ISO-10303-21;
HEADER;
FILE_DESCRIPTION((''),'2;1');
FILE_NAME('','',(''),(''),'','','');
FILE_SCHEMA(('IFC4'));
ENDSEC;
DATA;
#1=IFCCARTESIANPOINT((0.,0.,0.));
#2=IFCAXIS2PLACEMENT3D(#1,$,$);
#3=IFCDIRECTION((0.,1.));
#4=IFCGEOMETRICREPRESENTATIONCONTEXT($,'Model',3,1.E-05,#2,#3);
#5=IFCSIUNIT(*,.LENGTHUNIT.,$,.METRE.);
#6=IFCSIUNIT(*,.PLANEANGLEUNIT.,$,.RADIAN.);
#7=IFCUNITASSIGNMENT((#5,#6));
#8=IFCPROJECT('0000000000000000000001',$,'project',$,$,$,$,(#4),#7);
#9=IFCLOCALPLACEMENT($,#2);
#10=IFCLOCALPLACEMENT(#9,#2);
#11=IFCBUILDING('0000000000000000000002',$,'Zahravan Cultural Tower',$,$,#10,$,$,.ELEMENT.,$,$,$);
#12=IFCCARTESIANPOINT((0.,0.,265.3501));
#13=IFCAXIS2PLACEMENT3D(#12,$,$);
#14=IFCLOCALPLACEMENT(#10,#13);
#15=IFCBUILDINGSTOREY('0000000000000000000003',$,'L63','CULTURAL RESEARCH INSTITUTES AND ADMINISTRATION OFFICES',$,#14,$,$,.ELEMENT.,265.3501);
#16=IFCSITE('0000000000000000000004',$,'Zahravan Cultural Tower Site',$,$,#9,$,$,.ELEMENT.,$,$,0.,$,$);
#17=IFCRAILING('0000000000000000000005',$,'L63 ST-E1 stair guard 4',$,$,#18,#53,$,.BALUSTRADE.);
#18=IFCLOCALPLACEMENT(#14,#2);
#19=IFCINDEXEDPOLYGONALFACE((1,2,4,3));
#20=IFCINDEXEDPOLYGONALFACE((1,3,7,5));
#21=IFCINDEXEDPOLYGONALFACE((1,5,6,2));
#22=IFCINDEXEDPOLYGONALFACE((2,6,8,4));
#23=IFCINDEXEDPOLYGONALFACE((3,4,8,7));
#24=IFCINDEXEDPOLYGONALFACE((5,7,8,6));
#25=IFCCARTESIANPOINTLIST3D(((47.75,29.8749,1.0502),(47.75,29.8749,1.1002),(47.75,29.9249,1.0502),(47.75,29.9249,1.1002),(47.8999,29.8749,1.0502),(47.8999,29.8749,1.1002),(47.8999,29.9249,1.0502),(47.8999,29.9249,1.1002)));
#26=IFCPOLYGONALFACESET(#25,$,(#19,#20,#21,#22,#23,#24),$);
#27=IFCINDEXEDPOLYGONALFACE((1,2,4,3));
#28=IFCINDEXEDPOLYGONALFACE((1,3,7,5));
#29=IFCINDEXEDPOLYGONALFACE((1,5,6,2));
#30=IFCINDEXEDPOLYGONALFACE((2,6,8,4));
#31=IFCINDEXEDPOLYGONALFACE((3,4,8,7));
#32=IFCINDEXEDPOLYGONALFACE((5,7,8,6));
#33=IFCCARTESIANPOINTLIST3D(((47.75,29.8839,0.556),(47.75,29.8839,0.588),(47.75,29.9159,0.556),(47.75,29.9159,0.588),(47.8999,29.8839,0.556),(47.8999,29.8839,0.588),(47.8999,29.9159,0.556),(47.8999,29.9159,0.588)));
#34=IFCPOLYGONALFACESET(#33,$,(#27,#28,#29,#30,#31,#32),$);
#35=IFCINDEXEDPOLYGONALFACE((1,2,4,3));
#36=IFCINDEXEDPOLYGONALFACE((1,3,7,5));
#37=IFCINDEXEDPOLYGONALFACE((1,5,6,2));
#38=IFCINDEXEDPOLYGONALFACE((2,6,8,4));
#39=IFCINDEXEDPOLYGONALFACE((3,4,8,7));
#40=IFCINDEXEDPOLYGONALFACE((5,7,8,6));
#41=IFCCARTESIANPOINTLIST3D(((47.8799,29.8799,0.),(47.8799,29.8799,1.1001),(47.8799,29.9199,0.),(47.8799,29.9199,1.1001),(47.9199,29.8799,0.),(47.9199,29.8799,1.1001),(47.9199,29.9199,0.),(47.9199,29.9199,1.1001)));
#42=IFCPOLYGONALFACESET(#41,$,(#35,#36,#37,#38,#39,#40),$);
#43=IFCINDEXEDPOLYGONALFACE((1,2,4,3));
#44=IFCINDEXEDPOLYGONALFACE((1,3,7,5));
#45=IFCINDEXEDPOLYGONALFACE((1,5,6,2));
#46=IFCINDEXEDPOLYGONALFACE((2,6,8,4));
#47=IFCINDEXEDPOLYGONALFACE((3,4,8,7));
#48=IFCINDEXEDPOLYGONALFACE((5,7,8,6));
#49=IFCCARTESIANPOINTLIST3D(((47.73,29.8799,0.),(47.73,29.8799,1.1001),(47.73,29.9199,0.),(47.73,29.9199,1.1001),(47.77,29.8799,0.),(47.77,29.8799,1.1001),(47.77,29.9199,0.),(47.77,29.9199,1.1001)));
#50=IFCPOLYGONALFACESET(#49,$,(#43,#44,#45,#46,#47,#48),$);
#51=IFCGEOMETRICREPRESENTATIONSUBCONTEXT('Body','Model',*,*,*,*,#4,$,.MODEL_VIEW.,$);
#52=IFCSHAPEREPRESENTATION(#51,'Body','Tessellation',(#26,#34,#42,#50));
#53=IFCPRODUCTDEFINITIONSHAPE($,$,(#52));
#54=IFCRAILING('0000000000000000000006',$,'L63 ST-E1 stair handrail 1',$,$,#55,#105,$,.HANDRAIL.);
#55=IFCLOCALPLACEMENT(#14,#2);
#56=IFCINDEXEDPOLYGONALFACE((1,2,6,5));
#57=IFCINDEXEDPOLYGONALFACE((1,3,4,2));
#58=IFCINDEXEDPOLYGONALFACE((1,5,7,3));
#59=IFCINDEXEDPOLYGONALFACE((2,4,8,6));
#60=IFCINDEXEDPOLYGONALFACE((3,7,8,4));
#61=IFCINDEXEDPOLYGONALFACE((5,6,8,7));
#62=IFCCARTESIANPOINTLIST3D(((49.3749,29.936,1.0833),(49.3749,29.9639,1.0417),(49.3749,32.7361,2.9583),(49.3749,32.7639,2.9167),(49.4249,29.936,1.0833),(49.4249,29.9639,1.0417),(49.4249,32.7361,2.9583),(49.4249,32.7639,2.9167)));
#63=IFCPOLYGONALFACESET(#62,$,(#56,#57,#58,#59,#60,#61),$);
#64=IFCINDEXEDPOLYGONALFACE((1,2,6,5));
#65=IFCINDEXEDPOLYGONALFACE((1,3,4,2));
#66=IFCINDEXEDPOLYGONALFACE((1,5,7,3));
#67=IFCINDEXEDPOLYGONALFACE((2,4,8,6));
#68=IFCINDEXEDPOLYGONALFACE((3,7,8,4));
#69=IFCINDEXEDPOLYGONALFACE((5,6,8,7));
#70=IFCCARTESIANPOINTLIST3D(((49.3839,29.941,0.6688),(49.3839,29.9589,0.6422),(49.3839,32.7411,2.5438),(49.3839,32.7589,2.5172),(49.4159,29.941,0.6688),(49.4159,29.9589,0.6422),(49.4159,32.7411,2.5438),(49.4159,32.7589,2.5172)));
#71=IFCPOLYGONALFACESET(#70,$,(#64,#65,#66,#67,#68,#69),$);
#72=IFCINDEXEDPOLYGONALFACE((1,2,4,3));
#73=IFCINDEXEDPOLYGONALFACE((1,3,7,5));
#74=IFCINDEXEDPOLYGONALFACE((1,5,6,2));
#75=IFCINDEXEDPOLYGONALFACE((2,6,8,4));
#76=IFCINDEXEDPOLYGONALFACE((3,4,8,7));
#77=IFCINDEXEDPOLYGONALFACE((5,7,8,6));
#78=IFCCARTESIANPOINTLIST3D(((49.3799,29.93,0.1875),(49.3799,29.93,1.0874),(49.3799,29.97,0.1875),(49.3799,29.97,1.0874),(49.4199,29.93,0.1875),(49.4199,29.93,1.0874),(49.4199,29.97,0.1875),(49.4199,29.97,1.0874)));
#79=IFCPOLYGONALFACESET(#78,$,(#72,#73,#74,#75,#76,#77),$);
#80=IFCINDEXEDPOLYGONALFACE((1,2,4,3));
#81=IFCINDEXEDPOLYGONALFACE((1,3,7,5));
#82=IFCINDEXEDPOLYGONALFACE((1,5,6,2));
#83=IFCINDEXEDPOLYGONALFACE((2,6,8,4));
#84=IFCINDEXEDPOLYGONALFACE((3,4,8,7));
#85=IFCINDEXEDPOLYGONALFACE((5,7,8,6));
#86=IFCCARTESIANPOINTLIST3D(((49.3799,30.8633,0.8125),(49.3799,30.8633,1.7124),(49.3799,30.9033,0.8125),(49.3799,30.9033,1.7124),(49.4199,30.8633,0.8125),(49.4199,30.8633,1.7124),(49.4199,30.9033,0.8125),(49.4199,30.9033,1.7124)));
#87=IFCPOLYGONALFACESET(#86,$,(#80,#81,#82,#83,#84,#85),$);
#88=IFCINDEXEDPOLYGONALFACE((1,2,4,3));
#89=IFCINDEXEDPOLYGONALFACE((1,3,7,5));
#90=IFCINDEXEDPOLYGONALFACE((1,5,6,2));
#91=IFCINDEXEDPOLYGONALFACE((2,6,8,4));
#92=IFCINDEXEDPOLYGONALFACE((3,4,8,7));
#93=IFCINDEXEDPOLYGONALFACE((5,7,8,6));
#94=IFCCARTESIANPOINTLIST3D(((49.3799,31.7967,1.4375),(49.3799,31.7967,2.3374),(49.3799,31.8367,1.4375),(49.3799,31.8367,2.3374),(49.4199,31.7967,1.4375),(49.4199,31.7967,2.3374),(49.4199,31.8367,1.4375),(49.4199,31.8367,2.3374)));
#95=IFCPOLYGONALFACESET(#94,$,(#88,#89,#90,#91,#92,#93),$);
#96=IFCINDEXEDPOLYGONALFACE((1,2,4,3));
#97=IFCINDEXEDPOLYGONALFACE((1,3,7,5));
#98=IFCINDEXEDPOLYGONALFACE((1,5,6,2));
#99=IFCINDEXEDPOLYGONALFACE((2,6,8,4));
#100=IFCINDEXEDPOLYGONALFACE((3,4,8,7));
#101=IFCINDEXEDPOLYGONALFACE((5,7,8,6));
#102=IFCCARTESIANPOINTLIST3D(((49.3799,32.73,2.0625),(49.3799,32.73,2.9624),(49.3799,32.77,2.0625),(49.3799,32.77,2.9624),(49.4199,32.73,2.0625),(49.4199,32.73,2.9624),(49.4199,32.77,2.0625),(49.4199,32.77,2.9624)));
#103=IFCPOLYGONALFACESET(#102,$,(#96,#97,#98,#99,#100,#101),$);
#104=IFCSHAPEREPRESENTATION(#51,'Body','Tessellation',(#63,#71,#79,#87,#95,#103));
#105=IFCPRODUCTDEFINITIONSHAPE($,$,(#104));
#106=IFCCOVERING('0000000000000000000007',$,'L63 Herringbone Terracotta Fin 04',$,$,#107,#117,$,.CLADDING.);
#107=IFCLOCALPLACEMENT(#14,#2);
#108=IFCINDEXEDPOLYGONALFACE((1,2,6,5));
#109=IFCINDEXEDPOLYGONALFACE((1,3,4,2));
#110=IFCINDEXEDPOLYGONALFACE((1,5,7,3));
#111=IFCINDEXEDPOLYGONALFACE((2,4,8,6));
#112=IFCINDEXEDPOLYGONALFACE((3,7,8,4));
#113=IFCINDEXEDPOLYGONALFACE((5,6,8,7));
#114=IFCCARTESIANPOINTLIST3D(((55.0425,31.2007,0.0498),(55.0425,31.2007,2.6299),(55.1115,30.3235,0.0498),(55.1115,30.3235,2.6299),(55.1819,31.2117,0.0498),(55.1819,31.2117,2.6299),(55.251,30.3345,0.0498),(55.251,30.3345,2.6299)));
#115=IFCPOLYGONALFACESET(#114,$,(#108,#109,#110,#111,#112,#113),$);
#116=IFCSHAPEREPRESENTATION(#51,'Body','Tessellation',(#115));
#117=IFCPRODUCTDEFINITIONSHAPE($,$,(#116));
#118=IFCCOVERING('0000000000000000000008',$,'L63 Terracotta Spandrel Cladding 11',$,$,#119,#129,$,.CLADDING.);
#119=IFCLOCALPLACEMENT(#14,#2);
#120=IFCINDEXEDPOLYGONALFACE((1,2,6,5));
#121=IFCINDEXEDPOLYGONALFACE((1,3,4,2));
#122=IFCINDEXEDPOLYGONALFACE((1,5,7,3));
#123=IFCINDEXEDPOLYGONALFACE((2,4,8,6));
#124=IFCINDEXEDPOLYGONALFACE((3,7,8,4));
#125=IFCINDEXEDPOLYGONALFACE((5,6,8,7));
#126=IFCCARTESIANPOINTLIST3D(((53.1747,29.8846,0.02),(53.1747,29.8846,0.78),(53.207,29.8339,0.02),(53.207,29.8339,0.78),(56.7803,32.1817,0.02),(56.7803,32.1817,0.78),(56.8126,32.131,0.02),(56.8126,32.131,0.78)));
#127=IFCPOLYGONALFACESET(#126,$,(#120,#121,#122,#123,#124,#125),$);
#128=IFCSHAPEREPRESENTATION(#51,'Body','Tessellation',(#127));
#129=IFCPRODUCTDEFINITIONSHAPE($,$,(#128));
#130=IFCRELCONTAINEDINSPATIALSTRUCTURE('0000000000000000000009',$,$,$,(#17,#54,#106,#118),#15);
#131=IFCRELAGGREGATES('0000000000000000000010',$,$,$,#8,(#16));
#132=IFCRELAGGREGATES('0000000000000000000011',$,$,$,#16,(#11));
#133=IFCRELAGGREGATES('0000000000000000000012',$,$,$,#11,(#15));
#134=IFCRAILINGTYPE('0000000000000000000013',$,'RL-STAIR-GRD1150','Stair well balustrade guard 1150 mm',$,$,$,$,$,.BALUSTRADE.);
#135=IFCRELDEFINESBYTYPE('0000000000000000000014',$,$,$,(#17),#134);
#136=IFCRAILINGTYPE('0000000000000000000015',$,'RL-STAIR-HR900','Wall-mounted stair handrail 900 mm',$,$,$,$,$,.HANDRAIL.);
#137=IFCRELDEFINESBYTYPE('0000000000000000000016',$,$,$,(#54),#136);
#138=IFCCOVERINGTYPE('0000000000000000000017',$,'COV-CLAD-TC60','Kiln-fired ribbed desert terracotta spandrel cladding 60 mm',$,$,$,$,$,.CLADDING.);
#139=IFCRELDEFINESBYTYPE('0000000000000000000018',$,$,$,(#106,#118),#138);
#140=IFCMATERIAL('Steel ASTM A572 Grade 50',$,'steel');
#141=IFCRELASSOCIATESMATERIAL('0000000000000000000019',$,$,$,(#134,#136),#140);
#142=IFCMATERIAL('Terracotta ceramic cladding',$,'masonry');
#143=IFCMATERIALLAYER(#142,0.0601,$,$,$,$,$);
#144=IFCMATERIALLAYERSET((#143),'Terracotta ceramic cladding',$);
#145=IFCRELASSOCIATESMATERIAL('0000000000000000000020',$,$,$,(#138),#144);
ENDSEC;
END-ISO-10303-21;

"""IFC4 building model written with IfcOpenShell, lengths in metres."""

from ifc_helpers import new_model, si_unit, direction, frame, origin, origin_2d, place, context, subcontext, project, spatial, rectangle, extrude, source, transform, mapped, material, layer, layer_set, type_object, element, save


model = new_model("IFC4")

# Units and contexts
model_context = context("Model", 3, precision=1e-05, world=origin(), true_north=direction((0.0, 1.0)))
body_context = subcontext(model_context, "Body", "Model", "MODEL_VIEW")
ifc_project = project(units=[si_unit("LENGTHUNIT", "METRE"), si_unit("PLANEANGLEUNIT", "RADIAN")], contexts=[model_context])

# Site, building, storey
site_placement = place(None, origin())
site = spatial("IfcSite", under=ifc_project, at=site_placement, Name="Zahravan Cultural Tower Site", CompositionType="ELEMENT", RefElevation=0.0)
building_placement = place(site_placement, origin())
building = spatial("IfcBuilding", under=site, at=building_placement, Name="Zahravan Cultural Tower", CompositionType="ELEMENT")
storey_placement = place(building_placement, frame((0.0, 0.0, 265.3501)))
storey = spatial("IfcBuildingStorey", under=building, at=storey_placement, Name="L63", Description="CULTURAL RESEARCH INSTITUTES AND ADMINISTRATION OFFICES", CompositionType="ELEMENT", Elevation=265.3501)

# Railings
ifc_material_1 = material(Name="Steel ASTM A572 Grade 50", Category="steel")
railing_type_1 = type_object("IfcRailingType", Name="RL-STAIR-GRD1150", Description="Stair well balustrade guard 1150 mm", PredefinedType="BALUSTRADE", material=ifc_material_1)
railing_1_placement = place(storey_placement, frame((47.8999, 29.8999, 0.0)))
element("IfcRailing", 1, at=railing_1_placement, inside=storey, type_object=railing_type_1, Name="L63 ST-E1 stair guard 4", PredefinedType="BALUSTRADE", context=body_context, shape_type="SweptSolid", body=[
    extrude(rectangle(XDim=0.05, YDim=0.05, at=origin_2d()), frame((0.0, 0.0, 1.0752), z_axis=(-1.0, 0.0, 0.0), x_axis=(0.0, -1.0, 0.0)), (0.0, 0.0, 1.0), 0.1499),
    extrude(rectangle(XDim=0.032, YDim=0.032, at=origin_2d()), frame((0.0, 0.0, 0.572), z_axis=(-1.0, 0.0, 0.0), x_axis=(0.0, -1.0, 0.0)), (0.0, 0.0, 1.0), 0.1499),
    extrude(rectangle(XDim=0.04, YDim=0.04, at=origin_2d()), origin(), (0.0, 0.0, 1.0), 1.1001),
    extrude(rectangle(XDim=0.04, YDim=0.04, at=origin_2d()), frame((-0.1499, 0.0, 0.0)), (0.0, 0.0, 1.0), 1.1001),
])
railing_type_2 = type_object("IfcRailingType", Name="RL-STAIR-HR900", Description="Wall-mounted stair handrail 900 mm", PredefinedType="HANDRAIL", material=ifc_material_1)
railing_2_placement = place(storey_placement, frame((49.3999, 29.95, 0.1875)))
element("IfcRailing", 2, at=railing_2_placement, inside=storey, type_object=railing_type_2, Name="L63 ST-E1 stair handrail 1", PredefinedType="HANDRAIL", context=body_context, shape_type="SweptSolid", body=[
    extrude(rectangle(XDim=0.05, YDim=0.05, at=origin_2d()), frame((0.0, 0.0, 0.875), z_axis=(0.0, 0.830912, 0.556404), x_axis=(-1.0, 0.0, 0.0)), (0.0, 0.0, 1.0), 3.3699),
    extrude(rectangle(XDim=0.032, YDim=0.032, at=origin_2d()), frame((0.0, 0.0, 0.468), z_axis=(0.0, 0.830912, 0.556404), x_axis=(-1.0, 0.0, 0.0)), (0.0, 0.0, 1.0), 3.3699),
    extrude(rectangle(XDim=0.04, YDim=0.04, at=origin_2d()), origin(), (0.0, 0.0, 1.0), 0.8999),
    extrude(rectangle(XDim=0.04, YDim=0.04, at=origin_2d()), frame((0.0, 0.9333, 0.625)), (0.0, 0.0, 1.0), 0.8999),
    extrude(rectangle(XDim=0.04, YDim=0.04, at=origin_2d()), frame((0.0, 1.8667, 1.25)), (0.0, 0.0, 1.0), 0.8999),
    extrude(rectangle(XDim=0.04, YDim=0.04, at=origin_2d()), frame((0.0, 2.8, 1.875)), (0.0, 0.0, 1.0), 0.8999),
])

# Coverings
ifc_material_2 = material(Name="Terracotta ceramic cladding", Category="masonry")
ifc_layer_1 = layer(ifc_material_2, 0.0601)
ifc_layer_set_1 = layer_set([ifc_layer_1], Name="Terracotta ceramic cladding")
covering_type = type_object("IfcCoveringType", Name="COV-CLAD-TC60", Description="Kiln-fired ribbed desert terracotta spandrel cladding 60 mm", PredefinedType="CLADDING", material=ifc_layer_set_1)
shared_shape_1 = source(origin(), body_context, "Body", "SweptSolid", [
    extrude(rectangle(XDim=0.8799, YDim=0.1399, at=origin_2d()), origin(), (0.0, 0.0, 1.0), 2.5801),
])
covering_1_placement = place(storey_placement, frame((55.1467, 30.7676, 0.0498), z_axis=(0.0, 0.0, 1.0), x_axis=(0.078476, -0.996916, 0.0)))
element("IfcCovering", 3, at=covering_1_placement, inside=storey, type_object=covering_type, Name="L63 Herringbone Terracotta Fin 04", PredefinedType="CLADDING", context=body_context, shape_type="MappedRepresentation", body=[
    mapped(shared_shape_1, transform((0.0, 0.0, 0.0), x_axis=(1.0, 0.0, 0.0), y_axis=(0.0, 1.0, 0.0), z_axis=(0.0, 0.0, 1.0), scale=1.0)),
])
shared_shape_2 = source(origin(), body_context, "Body", "SweptSolid", [
    extrude(rectangle(XDim=4.2751, YDim=0.0601, at=origin_2d()), origin(), (0.0, 0.0, 1.0), 0.76),
])
covering_2_placement = place(storey_placement, frame((54.9937, 31.0078, 0.02), z_axis=(0.0, 0.0, 1.0), x_axis=(-0.843382, -0.537314, 0.0)))
element("IfcCovering", 4, at=covering_2_placement, inside=storey, type_object=covering_type, Name="L63 Terracotta Spandrel Cladding 11", PredefinedType="CLADDING", context=body_context, shape_type="MappedRepresentation", body=[
    mapped(shared_shape_2, transform((0.0, 0.0, 0.0), x_axis=(1.0, 0.0, 0.0), y_axis=(0.0, 1.0, 0.0), z_axis=(0.0, 0.0, 1.0), scale=1.0)),
])

save(model, "model.ifc")
